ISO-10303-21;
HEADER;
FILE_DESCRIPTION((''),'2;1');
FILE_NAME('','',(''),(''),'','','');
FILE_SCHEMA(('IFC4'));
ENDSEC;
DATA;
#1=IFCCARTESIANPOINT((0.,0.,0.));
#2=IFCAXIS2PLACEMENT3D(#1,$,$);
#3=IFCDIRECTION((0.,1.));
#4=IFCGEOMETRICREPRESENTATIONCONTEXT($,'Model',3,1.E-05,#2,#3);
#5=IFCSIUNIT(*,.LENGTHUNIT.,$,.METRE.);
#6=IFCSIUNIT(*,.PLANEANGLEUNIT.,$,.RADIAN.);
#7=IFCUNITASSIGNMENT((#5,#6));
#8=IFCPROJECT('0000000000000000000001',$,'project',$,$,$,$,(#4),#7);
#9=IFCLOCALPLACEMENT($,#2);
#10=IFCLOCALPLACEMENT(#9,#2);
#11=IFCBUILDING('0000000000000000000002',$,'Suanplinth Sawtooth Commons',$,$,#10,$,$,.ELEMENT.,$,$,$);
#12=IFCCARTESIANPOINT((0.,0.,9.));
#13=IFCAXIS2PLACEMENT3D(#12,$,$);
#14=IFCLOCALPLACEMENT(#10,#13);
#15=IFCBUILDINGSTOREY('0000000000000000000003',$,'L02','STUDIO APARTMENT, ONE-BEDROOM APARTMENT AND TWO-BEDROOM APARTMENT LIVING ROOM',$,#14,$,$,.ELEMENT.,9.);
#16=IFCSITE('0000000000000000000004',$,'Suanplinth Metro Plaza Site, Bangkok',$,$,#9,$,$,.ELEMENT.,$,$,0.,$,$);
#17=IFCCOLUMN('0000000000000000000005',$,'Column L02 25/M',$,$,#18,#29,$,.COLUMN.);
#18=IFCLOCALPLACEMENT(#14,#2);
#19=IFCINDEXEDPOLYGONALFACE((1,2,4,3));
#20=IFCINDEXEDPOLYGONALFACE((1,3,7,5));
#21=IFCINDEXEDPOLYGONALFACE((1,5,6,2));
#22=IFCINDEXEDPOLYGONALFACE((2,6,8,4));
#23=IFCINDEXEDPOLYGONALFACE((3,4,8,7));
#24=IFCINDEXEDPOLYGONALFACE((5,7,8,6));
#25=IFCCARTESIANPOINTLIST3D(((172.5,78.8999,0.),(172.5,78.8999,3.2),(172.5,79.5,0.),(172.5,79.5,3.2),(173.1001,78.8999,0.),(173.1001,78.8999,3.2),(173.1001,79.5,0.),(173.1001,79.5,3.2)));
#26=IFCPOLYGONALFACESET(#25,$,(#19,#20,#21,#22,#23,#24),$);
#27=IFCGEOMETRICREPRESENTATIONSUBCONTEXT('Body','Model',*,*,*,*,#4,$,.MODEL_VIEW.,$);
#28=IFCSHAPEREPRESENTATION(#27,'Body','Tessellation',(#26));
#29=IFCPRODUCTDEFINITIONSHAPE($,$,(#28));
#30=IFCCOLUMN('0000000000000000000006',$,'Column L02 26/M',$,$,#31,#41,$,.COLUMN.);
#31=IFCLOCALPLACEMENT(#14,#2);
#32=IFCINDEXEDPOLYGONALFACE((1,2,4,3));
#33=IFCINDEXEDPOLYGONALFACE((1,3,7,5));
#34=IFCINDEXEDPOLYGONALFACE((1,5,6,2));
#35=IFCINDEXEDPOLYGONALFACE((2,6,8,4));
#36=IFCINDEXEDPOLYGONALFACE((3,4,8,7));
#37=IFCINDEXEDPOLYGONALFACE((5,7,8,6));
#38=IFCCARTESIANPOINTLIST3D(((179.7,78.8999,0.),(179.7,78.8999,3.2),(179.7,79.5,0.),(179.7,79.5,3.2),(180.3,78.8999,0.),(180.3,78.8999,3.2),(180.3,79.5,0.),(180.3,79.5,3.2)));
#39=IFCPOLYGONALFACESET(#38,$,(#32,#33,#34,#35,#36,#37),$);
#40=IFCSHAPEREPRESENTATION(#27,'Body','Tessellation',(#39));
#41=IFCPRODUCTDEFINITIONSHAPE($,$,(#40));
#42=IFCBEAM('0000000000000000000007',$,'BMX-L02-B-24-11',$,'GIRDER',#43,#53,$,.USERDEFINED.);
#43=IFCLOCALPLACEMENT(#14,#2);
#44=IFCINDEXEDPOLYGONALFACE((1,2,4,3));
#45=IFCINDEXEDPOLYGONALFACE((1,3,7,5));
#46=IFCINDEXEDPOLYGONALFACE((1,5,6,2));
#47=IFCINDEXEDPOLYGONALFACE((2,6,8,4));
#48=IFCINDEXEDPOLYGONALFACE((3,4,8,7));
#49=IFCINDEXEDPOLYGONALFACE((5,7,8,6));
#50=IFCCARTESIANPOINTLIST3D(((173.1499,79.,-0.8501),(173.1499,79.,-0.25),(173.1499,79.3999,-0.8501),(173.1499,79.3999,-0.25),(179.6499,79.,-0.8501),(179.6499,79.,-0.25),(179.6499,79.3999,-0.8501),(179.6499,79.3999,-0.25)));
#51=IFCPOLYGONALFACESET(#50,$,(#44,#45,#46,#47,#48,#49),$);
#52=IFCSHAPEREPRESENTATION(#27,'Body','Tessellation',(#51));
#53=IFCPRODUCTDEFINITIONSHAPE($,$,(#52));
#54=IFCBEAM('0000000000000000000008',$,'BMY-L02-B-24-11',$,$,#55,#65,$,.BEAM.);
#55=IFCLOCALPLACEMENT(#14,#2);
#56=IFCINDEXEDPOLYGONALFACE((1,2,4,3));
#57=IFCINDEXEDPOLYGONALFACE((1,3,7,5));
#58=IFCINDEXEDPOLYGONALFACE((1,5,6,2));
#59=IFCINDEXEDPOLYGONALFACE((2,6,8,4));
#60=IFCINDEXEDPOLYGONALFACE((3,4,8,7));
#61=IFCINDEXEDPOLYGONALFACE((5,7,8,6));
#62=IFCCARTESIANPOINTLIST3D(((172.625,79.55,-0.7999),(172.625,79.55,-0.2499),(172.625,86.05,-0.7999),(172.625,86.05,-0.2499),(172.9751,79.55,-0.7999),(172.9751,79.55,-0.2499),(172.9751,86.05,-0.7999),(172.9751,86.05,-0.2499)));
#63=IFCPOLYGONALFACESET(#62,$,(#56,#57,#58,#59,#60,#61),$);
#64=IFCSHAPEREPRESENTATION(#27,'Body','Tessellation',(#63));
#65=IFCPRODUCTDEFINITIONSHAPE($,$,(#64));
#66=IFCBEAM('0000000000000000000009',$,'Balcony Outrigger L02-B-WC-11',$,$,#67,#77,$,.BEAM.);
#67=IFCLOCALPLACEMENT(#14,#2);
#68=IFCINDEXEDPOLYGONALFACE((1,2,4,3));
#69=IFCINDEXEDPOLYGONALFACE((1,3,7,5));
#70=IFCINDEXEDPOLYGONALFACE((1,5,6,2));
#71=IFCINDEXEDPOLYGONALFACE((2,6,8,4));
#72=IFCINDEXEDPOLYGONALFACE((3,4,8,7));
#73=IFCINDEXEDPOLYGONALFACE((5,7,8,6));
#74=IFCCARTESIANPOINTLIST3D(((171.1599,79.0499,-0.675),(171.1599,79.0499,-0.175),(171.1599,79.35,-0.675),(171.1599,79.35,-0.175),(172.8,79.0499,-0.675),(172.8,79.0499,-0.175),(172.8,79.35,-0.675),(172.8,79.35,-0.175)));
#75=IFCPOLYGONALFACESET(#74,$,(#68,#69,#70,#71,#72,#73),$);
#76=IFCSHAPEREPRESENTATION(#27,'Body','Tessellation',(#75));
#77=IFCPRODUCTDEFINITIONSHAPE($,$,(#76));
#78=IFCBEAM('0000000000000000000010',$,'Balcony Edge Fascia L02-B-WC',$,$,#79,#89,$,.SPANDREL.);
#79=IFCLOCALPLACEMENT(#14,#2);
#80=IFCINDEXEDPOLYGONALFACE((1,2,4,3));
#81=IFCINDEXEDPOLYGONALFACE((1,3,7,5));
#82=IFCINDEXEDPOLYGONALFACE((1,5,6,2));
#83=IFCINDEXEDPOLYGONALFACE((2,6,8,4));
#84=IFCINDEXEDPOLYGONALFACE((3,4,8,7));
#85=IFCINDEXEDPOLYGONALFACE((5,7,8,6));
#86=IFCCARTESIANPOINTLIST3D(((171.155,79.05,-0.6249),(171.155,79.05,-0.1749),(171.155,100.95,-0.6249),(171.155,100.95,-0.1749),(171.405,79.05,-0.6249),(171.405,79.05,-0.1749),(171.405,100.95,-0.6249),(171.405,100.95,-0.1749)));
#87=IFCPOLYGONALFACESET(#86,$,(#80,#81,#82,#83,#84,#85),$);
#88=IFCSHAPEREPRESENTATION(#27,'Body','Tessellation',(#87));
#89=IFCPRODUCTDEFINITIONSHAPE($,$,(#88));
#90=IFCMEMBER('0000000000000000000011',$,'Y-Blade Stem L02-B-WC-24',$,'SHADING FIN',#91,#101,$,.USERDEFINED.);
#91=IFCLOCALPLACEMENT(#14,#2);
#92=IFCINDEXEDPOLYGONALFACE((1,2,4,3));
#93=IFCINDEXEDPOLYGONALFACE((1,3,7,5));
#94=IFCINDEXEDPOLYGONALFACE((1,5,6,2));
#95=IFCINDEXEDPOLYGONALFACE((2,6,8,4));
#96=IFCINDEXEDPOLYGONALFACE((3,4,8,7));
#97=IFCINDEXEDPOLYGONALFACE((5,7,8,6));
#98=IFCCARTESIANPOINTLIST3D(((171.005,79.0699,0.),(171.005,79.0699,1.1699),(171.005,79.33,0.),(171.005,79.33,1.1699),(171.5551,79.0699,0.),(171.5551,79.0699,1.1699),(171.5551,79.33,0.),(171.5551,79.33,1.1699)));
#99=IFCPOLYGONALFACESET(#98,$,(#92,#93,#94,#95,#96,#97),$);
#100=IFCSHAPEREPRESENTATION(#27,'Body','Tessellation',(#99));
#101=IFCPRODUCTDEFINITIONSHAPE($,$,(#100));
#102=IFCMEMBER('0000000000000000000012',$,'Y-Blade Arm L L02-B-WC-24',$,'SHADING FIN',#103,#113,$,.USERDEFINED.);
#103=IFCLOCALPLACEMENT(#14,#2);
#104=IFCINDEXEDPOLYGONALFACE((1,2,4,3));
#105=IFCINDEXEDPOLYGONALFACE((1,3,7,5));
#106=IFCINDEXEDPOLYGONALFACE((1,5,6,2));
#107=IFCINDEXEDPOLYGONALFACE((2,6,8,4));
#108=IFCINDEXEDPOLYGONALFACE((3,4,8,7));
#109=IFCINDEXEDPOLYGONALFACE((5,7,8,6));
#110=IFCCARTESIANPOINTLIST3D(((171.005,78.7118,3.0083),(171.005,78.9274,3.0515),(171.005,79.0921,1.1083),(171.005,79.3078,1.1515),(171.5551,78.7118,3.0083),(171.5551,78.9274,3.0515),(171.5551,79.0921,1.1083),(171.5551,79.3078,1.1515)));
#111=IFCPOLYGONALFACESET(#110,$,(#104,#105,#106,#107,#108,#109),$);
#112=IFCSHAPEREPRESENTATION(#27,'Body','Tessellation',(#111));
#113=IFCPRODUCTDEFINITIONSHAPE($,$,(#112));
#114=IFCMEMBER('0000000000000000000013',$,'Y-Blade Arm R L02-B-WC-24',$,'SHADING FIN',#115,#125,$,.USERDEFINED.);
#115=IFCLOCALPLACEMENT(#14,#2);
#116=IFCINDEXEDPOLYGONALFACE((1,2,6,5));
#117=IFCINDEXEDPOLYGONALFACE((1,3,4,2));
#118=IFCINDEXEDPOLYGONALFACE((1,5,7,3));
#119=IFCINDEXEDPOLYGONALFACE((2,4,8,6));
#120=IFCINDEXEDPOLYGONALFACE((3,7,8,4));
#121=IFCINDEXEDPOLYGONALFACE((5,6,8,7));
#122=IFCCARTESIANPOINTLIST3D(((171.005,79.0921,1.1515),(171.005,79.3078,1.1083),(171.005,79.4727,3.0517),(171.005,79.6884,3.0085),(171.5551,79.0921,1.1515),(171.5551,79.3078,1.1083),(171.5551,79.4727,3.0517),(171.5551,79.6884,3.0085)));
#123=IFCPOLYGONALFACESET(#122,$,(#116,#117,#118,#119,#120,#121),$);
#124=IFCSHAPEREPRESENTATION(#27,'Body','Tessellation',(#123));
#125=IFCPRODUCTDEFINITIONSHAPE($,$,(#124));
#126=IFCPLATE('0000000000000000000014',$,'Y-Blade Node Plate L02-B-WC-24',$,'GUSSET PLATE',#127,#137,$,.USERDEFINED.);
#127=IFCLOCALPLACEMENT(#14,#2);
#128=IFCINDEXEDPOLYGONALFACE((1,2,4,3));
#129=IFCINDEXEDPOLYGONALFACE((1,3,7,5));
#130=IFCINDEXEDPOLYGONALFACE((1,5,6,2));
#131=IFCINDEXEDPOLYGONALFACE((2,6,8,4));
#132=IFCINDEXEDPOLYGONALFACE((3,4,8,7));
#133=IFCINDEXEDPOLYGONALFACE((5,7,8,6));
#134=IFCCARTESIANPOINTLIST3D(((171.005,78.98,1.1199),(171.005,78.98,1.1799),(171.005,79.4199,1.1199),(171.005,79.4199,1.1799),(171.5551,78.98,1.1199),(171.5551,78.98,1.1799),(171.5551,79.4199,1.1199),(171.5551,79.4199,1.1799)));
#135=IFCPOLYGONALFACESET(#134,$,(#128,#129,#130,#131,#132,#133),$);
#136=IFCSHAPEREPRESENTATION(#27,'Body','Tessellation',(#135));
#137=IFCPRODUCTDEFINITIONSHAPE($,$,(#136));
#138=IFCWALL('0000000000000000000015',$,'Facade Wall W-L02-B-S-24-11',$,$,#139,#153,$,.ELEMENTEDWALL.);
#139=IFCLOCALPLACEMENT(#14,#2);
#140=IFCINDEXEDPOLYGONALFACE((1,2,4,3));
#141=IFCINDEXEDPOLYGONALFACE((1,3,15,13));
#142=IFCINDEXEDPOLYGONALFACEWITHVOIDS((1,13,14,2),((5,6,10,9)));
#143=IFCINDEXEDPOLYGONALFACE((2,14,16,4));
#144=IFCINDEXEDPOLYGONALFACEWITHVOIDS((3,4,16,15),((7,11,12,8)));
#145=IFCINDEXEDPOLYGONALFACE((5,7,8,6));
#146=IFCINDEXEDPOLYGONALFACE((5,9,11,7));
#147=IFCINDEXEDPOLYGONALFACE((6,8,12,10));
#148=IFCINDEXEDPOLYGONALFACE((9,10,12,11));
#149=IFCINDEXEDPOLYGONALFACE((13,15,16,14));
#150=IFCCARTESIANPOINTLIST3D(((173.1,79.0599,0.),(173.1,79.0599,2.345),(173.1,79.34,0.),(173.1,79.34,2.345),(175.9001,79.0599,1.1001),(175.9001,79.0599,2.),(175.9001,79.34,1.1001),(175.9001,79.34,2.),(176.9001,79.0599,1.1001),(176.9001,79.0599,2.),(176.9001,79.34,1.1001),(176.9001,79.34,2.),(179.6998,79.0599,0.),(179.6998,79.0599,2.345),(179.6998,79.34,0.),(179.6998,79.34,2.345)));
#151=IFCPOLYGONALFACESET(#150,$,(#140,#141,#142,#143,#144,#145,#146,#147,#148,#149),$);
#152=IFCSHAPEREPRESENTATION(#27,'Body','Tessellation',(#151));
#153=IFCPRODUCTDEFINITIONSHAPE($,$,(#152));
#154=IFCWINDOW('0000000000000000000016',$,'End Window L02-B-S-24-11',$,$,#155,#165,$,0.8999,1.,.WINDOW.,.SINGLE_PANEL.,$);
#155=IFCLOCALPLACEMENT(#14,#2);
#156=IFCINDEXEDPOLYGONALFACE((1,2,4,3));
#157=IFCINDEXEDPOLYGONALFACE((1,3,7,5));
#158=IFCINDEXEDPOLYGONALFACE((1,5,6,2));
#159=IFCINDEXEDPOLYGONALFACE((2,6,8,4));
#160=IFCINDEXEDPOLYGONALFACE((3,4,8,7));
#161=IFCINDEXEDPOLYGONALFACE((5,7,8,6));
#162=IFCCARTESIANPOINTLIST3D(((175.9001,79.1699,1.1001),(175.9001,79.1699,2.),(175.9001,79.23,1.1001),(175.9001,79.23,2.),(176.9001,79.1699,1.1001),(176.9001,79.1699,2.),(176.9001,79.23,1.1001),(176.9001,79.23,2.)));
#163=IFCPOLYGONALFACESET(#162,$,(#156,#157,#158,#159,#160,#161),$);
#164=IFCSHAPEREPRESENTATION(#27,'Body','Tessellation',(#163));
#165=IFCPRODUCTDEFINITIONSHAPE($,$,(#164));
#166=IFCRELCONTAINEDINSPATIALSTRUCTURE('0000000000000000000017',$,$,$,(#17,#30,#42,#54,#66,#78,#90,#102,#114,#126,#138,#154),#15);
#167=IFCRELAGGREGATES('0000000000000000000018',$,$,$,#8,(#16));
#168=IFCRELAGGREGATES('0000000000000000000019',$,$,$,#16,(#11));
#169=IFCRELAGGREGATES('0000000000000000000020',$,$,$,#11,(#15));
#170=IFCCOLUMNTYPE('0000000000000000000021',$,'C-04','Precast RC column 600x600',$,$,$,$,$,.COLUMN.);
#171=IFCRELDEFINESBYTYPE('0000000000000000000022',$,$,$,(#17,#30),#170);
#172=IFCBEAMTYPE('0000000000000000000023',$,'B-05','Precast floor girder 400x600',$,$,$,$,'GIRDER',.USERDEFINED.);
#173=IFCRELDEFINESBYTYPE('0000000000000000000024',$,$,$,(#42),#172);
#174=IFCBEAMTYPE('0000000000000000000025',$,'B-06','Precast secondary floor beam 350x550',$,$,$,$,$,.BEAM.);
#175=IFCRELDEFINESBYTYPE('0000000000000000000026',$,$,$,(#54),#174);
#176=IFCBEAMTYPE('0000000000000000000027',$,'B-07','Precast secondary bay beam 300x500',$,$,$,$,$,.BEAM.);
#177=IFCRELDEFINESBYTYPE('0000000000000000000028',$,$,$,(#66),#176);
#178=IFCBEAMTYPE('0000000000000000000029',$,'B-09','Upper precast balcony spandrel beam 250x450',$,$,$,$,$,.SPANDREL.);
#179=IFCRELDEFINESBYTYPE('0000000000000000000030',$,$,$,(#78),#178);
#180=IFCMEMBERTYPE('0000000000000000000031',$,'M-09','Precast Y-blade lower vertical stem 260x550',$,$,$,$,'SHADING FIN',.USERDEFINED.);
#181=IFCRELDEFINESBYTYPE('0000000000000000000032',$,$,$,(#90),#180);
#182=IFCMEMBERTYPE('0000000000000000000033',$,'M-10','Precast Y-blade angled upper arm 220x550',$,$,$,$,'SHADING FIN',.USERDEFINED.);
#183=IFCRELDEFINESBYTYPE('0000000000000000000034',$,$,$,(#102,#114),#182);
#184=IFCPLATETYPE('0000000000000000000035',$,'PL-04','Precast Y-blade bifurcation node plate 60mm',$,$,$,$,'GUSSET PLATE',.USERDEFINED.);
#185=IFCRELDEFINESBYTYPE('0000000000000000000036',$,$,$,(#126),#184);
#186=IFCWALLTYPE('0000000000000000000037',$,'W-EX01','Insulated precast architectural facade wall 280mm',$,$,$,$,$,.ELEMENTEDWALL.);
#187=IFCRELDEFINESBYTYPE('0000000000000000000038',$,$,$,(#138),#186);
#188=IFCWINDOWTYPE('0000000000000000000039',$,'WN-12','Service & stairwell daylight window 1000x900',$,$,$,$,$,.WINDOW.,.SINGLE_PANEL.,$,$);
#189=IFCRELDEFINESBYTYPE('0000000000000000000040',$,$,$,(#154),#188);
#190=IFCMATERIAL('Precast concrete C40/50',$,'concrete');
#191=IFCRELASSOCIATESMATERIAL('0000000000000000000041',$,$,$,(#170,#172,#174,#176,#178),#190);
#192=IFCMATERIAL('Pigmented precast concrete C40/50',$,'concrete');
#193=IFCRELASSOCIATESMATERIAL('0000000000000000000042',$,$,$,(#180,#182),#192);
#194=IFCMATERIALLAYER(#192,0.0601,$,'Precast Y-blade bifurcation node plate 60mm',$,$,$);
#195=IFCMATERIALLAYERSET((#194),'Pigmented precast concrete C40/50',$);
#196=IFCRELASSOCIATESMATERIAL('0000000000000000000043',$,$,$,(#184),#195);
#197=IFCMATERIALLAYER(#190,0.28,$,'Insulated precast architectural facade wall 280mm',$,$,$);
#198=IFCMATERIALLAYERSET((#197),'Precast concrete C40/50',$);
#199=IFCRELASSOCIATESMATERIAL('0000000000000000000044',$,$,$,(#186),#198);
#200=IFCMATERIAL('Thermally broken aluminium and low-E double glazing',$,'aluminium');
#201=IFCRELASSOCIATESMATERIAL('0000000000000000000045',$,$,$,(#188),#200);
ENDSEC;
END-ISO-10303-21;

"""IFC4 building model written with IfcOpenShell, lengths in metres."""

from ifc_helpers import new_model, si_unit, direction, frame, frame_2d, origin, origin_2d, place, context, subcontext, project, spatial, rectangle, extrude, material, layer, layer_set, material_profile, profile_set, type_object, element, fill, save


model = new_model("IFC4")

# Units and contexts
model_context = context("Model", 3, precision=1e-05, world=origin(), true_north=direction((0.0, 1.0)))
body_context = subcontext(model_context, "Body", "Model", "MODEL_VIEW")
ifc_project = project(units=[si_unit("LENGTHUNIT", "METRE"), si_unit("PLANEANGLEUNIT", "RADIAN")], contexts=[model_context])

# Site, building, storey
site_placement = place(None, origin())
site = spatial("IfcSite", under=ifc_project, at=site_placement, Name="Suanplinth Metro Plaza Site, Bangkok", CompositionType="ELEMENT", RefElevation=0.0)
building_placement = place(site_placement, origin())
building = spatial("IfcBuilding", under=site, at=building_placement, Name="Suanplinth Sawtooth Commons", CompositionType="ELEMENT")
storey_placement = place(building_placement, frame((0.0, 0.0, 9.0)))
storey = spatial("IfcBuildingStorey", under=building, at=storey_placement, Name="L02", Description="STUDIO APARTMENT, ONE-BEDROOM APARTMENT AND TWO-BEDROOM APARTMENT LIVING ROOM", CompositionType="ELEMENT", Elevation=9.0)

# Columns
ifc_material_1 = material(Name="Precast concrete C40/50", Category="concrete")
ifc_material_profile_1 = material_profile(ifc_material_1, rectangle(XDim=0.6001, YDim=0.6001, at=origin_2d()), Name="PC-COL 600x600")
ifc_profile_set_1 = profile_set([ifc_material_profile_1], Name="Precast concrete C40/50")
column_type = type_object("IfcColumnType", Name="C-04", Description="Precast RC column 600x600", PredefinedType="COLUMN", material=ifc_profile_set_1)
for number, where, z_axis, x_axis, name in (
    (1, (172.8, 79.2, 0.0), (0.0, 0.0, 1.0), (1.0, 0.0, 0.0), "Column L02 25/M"),
    (2, (180.0, 79.2, 0.0), (0.0, 0.0, 1.0), (1.0, 0.0, 0.0), "Column L02 26/M"),
):
    element("IfcColumn", number, at=place(storey_placement, frame(where, z_axis=z_axis, x_axis=x_axis)), inside=storey, type_object=column_type, Name=name, PredefinedType="COLUMN", context=body_context, shape_type="SweptSolid", body=[
        extrude(rectangle(XDim=0.6001, YDim=0.6001, at=origin_2d()), origin(), (0.0, 0.0, 1.0), 3.2),
    ])

# Beams
ifc_material_profile_2 = material_profile(ifc_material_1, rectangle(XDim=0.3999, YDim=0.6001, at=origin_2d()), Name="PC-GDR 400x600")
ifc_profile_set_2 = profile_set([ifc_material_profile_2], Name="Precast concrete C40/50")
beam_type_1 = type_object("IfcBeamType", Name="B-05", Description="Precast floor girder 400x600", ElementType="GIRDER", PredefinedType="USERDEFINED", material=ifc_profile_set_2)
beam_1_placement = place(storey_placement, frame((173.1499, 79.2, -0.55), z_axis=(1.0, 0.0, 0.0), x_axis=(0.0, 1.0, 0.0)))
element("IfcBeam", 3, at=beam_1_placement, inside=storey, type_object=beam_type_1, Name="BMX-L02-B-24-11", ObjectType="GIRDER", PredefinedType="USERDEFINED", context=body_context, shape_type="SweptSolid", body=[
    extrude(rectangle(XDim=0.3999, YDim=0.6001, at=origin_2d()), origin(), (0.0, 0.0, 1.0), 6.5),
])
ifc_material_profile_3 = material_profile(ifc_material_1, rectangle(XDim=0.3501, YDim=0.55, at=origin_2d()), Name="PC-BM 350x550")
ifc_profile_set_3 = profile_set([ifc_material_profile_3], Name="Precast concrete C40/50")
beam_type_2 = type_object("IfcBeamType", Name="B-06", Description="Precast secondary floor beam 350x550", PredefinedType="BEAM", material=ifc_profile_set_3)
beam_2_placement = place(storey_placement, frame((172.8, 79.55, -0.5249), z_axis=(0.0, 1.0, 0.0), x_axis=(-1.0, 0.0, 0.0)))
element("IfcBeam", 4, at=beam_2_placement, inside=storey, type_object=beam_type_2, Name="BMY-L02-B-24-11", PredefinedType="BEAM", context=body_context, shape_type="SweptSolid", body=[
    extrude(rectangle(XDim=0.3501, YDim=0.55, at=origin_2d()), origin(), (0.0, 0.0, 1.0), 6.5),
])
ifc_material_profile_4 = material_profile(ifc_material_1, rectangle(XDim=0.3, YDim=0.5, at=origin_2d()), Name="PC-BM 300x500")
ifc_profile_set_4 = profile_set([ifc_material_profile_4], Name="Precast concrete C40/50")
beam_type_3 = type_object("IfcBeamType", Name="B-07", Description="Precast secondary bay beam 300x500", PredefinedType="BEAM", material=ifc_profile_set_4)
beam_3_placement = place(storey_placement, frame((172.8, 79.2, -0.425), z_axis=(-1.0, 0.0, 0.0), x_axis=(0.0, -1.0, 0.0)))
element("IfcBeam", 5, at=beam_3_placement, inside=storey, type_object=beam_type_3, Name="Balcony Outrigger L02-B-WC-11", PredefinedType="BEAM", context=body_context, shape_type="SweptSolid", body=[
    extrude(rectangle(XDim=0.3, YDim=0.5, at=origin_2d()), origin(), (0.0, 0.0, 1.0), 1.6401),
])
ifc_material_profile_5 = material_profile(ifc_material_1, rectangle(XDim=0.25, YDim=0.45, at=origin_2d()), Name="PC-SP 250x450")
ifc_profile_set_5 = profile_set([ifc_material_profile_5], Name="Precast concrete C40/50")
beam_type_4 = type_object("IfcBeamType", Name="B-09", Description="Upper precast balcony spandrel beam 250x450", PredefinedType="SPANDREL", material=ifc_profile_set_5)
beam_4_placement = place(storey_placement, frame((171.28, 79.05, -0.3999), z_axis=(0.0, 1.0, 0.0), x_axis=(-1.0, 0.0, 0.0)))
element("IfcBeam", 6, at=beam_4_placement, inside=storey, type_object=beam_type_4, Name="Balcony Edge Fascia L02-B-WC", PredefinedType="SPANDREL", context=body_context, shape_type="SweptSolid", body=[
    extrude(rectangle(XDim=0.25, YDim=0.45, at=origin_2d()), origin(), (0.0, 0.0, 1.0), 21.8999),
])

# Members
ifc_material_2 = material(Name="Pigmented precast concrete C40/50", Category="concrete")
ifc_material_profile_6 = material_profile(ifc_material_2, rectangle(XDim=0.26, YDim=0.55, at=origin_2d()), Name="PC-FIN 260x550")
ifc_profile_set_6 = profile_set([ifc_material_profile_6], Name="Pigmented precast concrete C40/50")
member_type_1 = type_object("IfcMemberType", Name="M-09", Description="Precast Y-blade lower vertical stem 260x550", ElementType="SHADING FIN", PredefinedType="USERDEFINED", material=ifc_profile_set_6)
member_1_placement = place(storey_placement, frame((171.28, 79.2, 0.0), z_axis=(0.0, 0.0, 1.0), x_axis=(0.0, 1.0, 0.0)))
element("IfcMember", 7, at=member_1_placement, inside=storey, type_object=member_type_1, Name="Y-Blade Stem L02-B-WC-24", ObjectType="SHADING FIN", PredefinedType="USERDEFINED", context=body_context, shape_type="SweptSolid", body=[
    extrude(rectangle(XDim=0.26, YDim=0.55, at=origin_2d()), origin(), (0.0, 0.0, 1.0), 1.1699),
])
ifc_material_profile_7 = material_profile(ifc_material_2, rectangle(XDim=0.22, YDim=0.55, at=origin_2d()), Name="PC-FIN 220x550")
ifc_profile_set_7 = profile_set([ifc_material_profile_7], Name="Pigmented precast concrete C40/50")
member_type_2 = type_object("IfcMemberType", Name="M-10", Description="Precast Y-blade angled upper arm 220x550", ElementType="SHADING FIN", PredefinedType="USERDEFINED", material=ifc_profile_set_7)
member_2_placement = place(storey_placement, frame((171.28, 79.2, 1.1299), z_axis=(0.0, -0.196286, 0.980547), x_axis=(0.0, 0.980547, 0.196286)))
element("IfcMember", 8, at=member_2_placement, inside=storey, type_object=member_type_2, Name="Y-Blade Arm L L02-B-WC-24", ObjectType="SHADING FIN", PredefinedType="USERDEFINED", context=body_context, shape_type="SweptSolid", body=[
    extrude(rectangle(XDim=0.22, YDim=0.55, at=origin_2d()), origin(), (0.0, 0.0, 1.0), 1.9377),
])
member_3_placement = place(storey_placement, frame((171.28, 79.2, 1.1299), z_axis=(0.0, 0.196407, 0.980522), x_axis=(0.0, -0.980522, 0.196407)))
element("IfcMember", 9, at=member_3_placement, inside=storey, type_object=member_type_2, Name="Y-Blade Arm R L02-B-WC-24", ObjectType="SHADING FIN", PredefinedType="USERDEFINED", context=body_context, shape_type="SweptSolid", body=[
    extrude(rectangle(XDim=0.22, YDim=0.55, at=origin_2d()), origin(), (0.0, 0.0, 1.0), 1.938),
])

# Plate
ifc_layer_1 = layer(ifc_material_2, 0.0601, Name="Precast Y-blade bifurcation node plate 60mm")
ifc_layer_set_1 = layer_set([ifc_layer_1], Name="Pigmented precast concrete C40/50")
plate_type = type_object("IfcPlateType", Name="PL-04", Description="Precast Y-blade bifurcation node plate 60mm", ElementType="GUSSET PLATE", PredefinedType="USERDEFINED", material=ifc_layer_set_1)
plate_placement = place(storey_placement, frame((171.28, 79.2, 1.1199), z_axis=(0.0, 0.0, 1.0), x_axis=(0.0, 1.0, 0.0)))
element("IfcPlate", 10, at=plate_placement, inside=storey, type_object=plate_type, Name="Y-Blade Node Plate L02-B-WC-24", ObjectType="GUSSET PLATE", PredefinedType="USERDEFINED", context=body_context, shape_type="SweptSolid", body=[
    extrude(rectangle(XDim=0.4399, YDim=0.55, at=origin_2d()), origin(), (0.0, 0.0, 1.0), 0.0601),
])

# Wall, opening, window
ifc_layer_2 = layer(ifc_material_1, 0.28, Name="Insulated precast architectural facade wall 280mm")
ifc_layer_set_2 = layer_set([ifc_layer_2], Name="Precast concrete C40/50")
wall_type_1 = type_object("IfcWallType", Name="W-EX01", Description="Insulated precast architectural facade wall 280mm", PredefinedType="ELEMENTEDWALL", material=ifc_layer_set_2)
wall_1_placement = place(storey_placement, frame((173.1001, 79.2, 0.0), z_axis=(0.0, 0.0, 1.0), x_axis=(1.0, 0.0, 0.0)))
wall_1 = element("IfcWall", 11, at=wall_1_placement, inside=storey, type_object=wall_type_1, Name="Facade Wall W-L02-B-S-24-11", PredefinedType="ELEMENTEDWALL", context=body_context, shape_type="SweptSolid", body=[
    extrude(rectangle(XDim=6.5999, YDim=0.28, at=frame_2d((3.2998, 0.0))), origin(), (0.0, 0.0, 1.0), 2.345),
])
opening_1_placement = place(wall_1_placement, frame((2.8, 0.0, 1.1001)))
opening_1 = element("IfcOpeningElement", 12, at=opening_1_placement, cuts=wall_1, PredefinedType="OPENING", context=body_context, shape_type="SweptSolid", body=[
    extrude(rectangle(XDim=1.0, YDim=0.8999, at=frame_2d((0.5, 0.45))), frame((0.0, 0.1548, 0.0), z_axis=(0.0, -1.0, 0.0), x_axis=(1.0, 0.0, 0.0)), (0.0, 0.0, 1.0), 0.3098),
])
ifc_material_3 = material(Name="Thermally broken aluminium and low-E double glazing", Category="aluminium")
window_type = type_object("IfcWindowType", Name="WN-12", Description="Service & stairwell daylight window 1000x900", PartitioningType="SINGLE_PANEL", PredefinedType="WINDOW", material=ifc_material_3)
window_placement = place(opening_1_placement, origin())
window = element("IfcWindow", 13, at=window_placement, inside=storey, type_object=window_type, Name="End Window L02-B-S-24-11", OverallHeight=0.8999, OverallWidth=1.0, PartitioningType="SINGLE_PANEL", PredefinedType="WINDOW", context=body_context, shape_type="SweptSolid", body=[
    extrude(rectangle(XDim=1.0, YDim=0.8999, at=frame_2d((0.5, 0.45))), frame((0.0, 0.03, 0.0), z_axis=(0.0, -1.0, 0.0), x_axis=(1.0, 0.0, 0.0)), (0.0, 0.0, 1.0), 0.0601),
])
fill(opening_1, window)

save(model, "model.ifc")
